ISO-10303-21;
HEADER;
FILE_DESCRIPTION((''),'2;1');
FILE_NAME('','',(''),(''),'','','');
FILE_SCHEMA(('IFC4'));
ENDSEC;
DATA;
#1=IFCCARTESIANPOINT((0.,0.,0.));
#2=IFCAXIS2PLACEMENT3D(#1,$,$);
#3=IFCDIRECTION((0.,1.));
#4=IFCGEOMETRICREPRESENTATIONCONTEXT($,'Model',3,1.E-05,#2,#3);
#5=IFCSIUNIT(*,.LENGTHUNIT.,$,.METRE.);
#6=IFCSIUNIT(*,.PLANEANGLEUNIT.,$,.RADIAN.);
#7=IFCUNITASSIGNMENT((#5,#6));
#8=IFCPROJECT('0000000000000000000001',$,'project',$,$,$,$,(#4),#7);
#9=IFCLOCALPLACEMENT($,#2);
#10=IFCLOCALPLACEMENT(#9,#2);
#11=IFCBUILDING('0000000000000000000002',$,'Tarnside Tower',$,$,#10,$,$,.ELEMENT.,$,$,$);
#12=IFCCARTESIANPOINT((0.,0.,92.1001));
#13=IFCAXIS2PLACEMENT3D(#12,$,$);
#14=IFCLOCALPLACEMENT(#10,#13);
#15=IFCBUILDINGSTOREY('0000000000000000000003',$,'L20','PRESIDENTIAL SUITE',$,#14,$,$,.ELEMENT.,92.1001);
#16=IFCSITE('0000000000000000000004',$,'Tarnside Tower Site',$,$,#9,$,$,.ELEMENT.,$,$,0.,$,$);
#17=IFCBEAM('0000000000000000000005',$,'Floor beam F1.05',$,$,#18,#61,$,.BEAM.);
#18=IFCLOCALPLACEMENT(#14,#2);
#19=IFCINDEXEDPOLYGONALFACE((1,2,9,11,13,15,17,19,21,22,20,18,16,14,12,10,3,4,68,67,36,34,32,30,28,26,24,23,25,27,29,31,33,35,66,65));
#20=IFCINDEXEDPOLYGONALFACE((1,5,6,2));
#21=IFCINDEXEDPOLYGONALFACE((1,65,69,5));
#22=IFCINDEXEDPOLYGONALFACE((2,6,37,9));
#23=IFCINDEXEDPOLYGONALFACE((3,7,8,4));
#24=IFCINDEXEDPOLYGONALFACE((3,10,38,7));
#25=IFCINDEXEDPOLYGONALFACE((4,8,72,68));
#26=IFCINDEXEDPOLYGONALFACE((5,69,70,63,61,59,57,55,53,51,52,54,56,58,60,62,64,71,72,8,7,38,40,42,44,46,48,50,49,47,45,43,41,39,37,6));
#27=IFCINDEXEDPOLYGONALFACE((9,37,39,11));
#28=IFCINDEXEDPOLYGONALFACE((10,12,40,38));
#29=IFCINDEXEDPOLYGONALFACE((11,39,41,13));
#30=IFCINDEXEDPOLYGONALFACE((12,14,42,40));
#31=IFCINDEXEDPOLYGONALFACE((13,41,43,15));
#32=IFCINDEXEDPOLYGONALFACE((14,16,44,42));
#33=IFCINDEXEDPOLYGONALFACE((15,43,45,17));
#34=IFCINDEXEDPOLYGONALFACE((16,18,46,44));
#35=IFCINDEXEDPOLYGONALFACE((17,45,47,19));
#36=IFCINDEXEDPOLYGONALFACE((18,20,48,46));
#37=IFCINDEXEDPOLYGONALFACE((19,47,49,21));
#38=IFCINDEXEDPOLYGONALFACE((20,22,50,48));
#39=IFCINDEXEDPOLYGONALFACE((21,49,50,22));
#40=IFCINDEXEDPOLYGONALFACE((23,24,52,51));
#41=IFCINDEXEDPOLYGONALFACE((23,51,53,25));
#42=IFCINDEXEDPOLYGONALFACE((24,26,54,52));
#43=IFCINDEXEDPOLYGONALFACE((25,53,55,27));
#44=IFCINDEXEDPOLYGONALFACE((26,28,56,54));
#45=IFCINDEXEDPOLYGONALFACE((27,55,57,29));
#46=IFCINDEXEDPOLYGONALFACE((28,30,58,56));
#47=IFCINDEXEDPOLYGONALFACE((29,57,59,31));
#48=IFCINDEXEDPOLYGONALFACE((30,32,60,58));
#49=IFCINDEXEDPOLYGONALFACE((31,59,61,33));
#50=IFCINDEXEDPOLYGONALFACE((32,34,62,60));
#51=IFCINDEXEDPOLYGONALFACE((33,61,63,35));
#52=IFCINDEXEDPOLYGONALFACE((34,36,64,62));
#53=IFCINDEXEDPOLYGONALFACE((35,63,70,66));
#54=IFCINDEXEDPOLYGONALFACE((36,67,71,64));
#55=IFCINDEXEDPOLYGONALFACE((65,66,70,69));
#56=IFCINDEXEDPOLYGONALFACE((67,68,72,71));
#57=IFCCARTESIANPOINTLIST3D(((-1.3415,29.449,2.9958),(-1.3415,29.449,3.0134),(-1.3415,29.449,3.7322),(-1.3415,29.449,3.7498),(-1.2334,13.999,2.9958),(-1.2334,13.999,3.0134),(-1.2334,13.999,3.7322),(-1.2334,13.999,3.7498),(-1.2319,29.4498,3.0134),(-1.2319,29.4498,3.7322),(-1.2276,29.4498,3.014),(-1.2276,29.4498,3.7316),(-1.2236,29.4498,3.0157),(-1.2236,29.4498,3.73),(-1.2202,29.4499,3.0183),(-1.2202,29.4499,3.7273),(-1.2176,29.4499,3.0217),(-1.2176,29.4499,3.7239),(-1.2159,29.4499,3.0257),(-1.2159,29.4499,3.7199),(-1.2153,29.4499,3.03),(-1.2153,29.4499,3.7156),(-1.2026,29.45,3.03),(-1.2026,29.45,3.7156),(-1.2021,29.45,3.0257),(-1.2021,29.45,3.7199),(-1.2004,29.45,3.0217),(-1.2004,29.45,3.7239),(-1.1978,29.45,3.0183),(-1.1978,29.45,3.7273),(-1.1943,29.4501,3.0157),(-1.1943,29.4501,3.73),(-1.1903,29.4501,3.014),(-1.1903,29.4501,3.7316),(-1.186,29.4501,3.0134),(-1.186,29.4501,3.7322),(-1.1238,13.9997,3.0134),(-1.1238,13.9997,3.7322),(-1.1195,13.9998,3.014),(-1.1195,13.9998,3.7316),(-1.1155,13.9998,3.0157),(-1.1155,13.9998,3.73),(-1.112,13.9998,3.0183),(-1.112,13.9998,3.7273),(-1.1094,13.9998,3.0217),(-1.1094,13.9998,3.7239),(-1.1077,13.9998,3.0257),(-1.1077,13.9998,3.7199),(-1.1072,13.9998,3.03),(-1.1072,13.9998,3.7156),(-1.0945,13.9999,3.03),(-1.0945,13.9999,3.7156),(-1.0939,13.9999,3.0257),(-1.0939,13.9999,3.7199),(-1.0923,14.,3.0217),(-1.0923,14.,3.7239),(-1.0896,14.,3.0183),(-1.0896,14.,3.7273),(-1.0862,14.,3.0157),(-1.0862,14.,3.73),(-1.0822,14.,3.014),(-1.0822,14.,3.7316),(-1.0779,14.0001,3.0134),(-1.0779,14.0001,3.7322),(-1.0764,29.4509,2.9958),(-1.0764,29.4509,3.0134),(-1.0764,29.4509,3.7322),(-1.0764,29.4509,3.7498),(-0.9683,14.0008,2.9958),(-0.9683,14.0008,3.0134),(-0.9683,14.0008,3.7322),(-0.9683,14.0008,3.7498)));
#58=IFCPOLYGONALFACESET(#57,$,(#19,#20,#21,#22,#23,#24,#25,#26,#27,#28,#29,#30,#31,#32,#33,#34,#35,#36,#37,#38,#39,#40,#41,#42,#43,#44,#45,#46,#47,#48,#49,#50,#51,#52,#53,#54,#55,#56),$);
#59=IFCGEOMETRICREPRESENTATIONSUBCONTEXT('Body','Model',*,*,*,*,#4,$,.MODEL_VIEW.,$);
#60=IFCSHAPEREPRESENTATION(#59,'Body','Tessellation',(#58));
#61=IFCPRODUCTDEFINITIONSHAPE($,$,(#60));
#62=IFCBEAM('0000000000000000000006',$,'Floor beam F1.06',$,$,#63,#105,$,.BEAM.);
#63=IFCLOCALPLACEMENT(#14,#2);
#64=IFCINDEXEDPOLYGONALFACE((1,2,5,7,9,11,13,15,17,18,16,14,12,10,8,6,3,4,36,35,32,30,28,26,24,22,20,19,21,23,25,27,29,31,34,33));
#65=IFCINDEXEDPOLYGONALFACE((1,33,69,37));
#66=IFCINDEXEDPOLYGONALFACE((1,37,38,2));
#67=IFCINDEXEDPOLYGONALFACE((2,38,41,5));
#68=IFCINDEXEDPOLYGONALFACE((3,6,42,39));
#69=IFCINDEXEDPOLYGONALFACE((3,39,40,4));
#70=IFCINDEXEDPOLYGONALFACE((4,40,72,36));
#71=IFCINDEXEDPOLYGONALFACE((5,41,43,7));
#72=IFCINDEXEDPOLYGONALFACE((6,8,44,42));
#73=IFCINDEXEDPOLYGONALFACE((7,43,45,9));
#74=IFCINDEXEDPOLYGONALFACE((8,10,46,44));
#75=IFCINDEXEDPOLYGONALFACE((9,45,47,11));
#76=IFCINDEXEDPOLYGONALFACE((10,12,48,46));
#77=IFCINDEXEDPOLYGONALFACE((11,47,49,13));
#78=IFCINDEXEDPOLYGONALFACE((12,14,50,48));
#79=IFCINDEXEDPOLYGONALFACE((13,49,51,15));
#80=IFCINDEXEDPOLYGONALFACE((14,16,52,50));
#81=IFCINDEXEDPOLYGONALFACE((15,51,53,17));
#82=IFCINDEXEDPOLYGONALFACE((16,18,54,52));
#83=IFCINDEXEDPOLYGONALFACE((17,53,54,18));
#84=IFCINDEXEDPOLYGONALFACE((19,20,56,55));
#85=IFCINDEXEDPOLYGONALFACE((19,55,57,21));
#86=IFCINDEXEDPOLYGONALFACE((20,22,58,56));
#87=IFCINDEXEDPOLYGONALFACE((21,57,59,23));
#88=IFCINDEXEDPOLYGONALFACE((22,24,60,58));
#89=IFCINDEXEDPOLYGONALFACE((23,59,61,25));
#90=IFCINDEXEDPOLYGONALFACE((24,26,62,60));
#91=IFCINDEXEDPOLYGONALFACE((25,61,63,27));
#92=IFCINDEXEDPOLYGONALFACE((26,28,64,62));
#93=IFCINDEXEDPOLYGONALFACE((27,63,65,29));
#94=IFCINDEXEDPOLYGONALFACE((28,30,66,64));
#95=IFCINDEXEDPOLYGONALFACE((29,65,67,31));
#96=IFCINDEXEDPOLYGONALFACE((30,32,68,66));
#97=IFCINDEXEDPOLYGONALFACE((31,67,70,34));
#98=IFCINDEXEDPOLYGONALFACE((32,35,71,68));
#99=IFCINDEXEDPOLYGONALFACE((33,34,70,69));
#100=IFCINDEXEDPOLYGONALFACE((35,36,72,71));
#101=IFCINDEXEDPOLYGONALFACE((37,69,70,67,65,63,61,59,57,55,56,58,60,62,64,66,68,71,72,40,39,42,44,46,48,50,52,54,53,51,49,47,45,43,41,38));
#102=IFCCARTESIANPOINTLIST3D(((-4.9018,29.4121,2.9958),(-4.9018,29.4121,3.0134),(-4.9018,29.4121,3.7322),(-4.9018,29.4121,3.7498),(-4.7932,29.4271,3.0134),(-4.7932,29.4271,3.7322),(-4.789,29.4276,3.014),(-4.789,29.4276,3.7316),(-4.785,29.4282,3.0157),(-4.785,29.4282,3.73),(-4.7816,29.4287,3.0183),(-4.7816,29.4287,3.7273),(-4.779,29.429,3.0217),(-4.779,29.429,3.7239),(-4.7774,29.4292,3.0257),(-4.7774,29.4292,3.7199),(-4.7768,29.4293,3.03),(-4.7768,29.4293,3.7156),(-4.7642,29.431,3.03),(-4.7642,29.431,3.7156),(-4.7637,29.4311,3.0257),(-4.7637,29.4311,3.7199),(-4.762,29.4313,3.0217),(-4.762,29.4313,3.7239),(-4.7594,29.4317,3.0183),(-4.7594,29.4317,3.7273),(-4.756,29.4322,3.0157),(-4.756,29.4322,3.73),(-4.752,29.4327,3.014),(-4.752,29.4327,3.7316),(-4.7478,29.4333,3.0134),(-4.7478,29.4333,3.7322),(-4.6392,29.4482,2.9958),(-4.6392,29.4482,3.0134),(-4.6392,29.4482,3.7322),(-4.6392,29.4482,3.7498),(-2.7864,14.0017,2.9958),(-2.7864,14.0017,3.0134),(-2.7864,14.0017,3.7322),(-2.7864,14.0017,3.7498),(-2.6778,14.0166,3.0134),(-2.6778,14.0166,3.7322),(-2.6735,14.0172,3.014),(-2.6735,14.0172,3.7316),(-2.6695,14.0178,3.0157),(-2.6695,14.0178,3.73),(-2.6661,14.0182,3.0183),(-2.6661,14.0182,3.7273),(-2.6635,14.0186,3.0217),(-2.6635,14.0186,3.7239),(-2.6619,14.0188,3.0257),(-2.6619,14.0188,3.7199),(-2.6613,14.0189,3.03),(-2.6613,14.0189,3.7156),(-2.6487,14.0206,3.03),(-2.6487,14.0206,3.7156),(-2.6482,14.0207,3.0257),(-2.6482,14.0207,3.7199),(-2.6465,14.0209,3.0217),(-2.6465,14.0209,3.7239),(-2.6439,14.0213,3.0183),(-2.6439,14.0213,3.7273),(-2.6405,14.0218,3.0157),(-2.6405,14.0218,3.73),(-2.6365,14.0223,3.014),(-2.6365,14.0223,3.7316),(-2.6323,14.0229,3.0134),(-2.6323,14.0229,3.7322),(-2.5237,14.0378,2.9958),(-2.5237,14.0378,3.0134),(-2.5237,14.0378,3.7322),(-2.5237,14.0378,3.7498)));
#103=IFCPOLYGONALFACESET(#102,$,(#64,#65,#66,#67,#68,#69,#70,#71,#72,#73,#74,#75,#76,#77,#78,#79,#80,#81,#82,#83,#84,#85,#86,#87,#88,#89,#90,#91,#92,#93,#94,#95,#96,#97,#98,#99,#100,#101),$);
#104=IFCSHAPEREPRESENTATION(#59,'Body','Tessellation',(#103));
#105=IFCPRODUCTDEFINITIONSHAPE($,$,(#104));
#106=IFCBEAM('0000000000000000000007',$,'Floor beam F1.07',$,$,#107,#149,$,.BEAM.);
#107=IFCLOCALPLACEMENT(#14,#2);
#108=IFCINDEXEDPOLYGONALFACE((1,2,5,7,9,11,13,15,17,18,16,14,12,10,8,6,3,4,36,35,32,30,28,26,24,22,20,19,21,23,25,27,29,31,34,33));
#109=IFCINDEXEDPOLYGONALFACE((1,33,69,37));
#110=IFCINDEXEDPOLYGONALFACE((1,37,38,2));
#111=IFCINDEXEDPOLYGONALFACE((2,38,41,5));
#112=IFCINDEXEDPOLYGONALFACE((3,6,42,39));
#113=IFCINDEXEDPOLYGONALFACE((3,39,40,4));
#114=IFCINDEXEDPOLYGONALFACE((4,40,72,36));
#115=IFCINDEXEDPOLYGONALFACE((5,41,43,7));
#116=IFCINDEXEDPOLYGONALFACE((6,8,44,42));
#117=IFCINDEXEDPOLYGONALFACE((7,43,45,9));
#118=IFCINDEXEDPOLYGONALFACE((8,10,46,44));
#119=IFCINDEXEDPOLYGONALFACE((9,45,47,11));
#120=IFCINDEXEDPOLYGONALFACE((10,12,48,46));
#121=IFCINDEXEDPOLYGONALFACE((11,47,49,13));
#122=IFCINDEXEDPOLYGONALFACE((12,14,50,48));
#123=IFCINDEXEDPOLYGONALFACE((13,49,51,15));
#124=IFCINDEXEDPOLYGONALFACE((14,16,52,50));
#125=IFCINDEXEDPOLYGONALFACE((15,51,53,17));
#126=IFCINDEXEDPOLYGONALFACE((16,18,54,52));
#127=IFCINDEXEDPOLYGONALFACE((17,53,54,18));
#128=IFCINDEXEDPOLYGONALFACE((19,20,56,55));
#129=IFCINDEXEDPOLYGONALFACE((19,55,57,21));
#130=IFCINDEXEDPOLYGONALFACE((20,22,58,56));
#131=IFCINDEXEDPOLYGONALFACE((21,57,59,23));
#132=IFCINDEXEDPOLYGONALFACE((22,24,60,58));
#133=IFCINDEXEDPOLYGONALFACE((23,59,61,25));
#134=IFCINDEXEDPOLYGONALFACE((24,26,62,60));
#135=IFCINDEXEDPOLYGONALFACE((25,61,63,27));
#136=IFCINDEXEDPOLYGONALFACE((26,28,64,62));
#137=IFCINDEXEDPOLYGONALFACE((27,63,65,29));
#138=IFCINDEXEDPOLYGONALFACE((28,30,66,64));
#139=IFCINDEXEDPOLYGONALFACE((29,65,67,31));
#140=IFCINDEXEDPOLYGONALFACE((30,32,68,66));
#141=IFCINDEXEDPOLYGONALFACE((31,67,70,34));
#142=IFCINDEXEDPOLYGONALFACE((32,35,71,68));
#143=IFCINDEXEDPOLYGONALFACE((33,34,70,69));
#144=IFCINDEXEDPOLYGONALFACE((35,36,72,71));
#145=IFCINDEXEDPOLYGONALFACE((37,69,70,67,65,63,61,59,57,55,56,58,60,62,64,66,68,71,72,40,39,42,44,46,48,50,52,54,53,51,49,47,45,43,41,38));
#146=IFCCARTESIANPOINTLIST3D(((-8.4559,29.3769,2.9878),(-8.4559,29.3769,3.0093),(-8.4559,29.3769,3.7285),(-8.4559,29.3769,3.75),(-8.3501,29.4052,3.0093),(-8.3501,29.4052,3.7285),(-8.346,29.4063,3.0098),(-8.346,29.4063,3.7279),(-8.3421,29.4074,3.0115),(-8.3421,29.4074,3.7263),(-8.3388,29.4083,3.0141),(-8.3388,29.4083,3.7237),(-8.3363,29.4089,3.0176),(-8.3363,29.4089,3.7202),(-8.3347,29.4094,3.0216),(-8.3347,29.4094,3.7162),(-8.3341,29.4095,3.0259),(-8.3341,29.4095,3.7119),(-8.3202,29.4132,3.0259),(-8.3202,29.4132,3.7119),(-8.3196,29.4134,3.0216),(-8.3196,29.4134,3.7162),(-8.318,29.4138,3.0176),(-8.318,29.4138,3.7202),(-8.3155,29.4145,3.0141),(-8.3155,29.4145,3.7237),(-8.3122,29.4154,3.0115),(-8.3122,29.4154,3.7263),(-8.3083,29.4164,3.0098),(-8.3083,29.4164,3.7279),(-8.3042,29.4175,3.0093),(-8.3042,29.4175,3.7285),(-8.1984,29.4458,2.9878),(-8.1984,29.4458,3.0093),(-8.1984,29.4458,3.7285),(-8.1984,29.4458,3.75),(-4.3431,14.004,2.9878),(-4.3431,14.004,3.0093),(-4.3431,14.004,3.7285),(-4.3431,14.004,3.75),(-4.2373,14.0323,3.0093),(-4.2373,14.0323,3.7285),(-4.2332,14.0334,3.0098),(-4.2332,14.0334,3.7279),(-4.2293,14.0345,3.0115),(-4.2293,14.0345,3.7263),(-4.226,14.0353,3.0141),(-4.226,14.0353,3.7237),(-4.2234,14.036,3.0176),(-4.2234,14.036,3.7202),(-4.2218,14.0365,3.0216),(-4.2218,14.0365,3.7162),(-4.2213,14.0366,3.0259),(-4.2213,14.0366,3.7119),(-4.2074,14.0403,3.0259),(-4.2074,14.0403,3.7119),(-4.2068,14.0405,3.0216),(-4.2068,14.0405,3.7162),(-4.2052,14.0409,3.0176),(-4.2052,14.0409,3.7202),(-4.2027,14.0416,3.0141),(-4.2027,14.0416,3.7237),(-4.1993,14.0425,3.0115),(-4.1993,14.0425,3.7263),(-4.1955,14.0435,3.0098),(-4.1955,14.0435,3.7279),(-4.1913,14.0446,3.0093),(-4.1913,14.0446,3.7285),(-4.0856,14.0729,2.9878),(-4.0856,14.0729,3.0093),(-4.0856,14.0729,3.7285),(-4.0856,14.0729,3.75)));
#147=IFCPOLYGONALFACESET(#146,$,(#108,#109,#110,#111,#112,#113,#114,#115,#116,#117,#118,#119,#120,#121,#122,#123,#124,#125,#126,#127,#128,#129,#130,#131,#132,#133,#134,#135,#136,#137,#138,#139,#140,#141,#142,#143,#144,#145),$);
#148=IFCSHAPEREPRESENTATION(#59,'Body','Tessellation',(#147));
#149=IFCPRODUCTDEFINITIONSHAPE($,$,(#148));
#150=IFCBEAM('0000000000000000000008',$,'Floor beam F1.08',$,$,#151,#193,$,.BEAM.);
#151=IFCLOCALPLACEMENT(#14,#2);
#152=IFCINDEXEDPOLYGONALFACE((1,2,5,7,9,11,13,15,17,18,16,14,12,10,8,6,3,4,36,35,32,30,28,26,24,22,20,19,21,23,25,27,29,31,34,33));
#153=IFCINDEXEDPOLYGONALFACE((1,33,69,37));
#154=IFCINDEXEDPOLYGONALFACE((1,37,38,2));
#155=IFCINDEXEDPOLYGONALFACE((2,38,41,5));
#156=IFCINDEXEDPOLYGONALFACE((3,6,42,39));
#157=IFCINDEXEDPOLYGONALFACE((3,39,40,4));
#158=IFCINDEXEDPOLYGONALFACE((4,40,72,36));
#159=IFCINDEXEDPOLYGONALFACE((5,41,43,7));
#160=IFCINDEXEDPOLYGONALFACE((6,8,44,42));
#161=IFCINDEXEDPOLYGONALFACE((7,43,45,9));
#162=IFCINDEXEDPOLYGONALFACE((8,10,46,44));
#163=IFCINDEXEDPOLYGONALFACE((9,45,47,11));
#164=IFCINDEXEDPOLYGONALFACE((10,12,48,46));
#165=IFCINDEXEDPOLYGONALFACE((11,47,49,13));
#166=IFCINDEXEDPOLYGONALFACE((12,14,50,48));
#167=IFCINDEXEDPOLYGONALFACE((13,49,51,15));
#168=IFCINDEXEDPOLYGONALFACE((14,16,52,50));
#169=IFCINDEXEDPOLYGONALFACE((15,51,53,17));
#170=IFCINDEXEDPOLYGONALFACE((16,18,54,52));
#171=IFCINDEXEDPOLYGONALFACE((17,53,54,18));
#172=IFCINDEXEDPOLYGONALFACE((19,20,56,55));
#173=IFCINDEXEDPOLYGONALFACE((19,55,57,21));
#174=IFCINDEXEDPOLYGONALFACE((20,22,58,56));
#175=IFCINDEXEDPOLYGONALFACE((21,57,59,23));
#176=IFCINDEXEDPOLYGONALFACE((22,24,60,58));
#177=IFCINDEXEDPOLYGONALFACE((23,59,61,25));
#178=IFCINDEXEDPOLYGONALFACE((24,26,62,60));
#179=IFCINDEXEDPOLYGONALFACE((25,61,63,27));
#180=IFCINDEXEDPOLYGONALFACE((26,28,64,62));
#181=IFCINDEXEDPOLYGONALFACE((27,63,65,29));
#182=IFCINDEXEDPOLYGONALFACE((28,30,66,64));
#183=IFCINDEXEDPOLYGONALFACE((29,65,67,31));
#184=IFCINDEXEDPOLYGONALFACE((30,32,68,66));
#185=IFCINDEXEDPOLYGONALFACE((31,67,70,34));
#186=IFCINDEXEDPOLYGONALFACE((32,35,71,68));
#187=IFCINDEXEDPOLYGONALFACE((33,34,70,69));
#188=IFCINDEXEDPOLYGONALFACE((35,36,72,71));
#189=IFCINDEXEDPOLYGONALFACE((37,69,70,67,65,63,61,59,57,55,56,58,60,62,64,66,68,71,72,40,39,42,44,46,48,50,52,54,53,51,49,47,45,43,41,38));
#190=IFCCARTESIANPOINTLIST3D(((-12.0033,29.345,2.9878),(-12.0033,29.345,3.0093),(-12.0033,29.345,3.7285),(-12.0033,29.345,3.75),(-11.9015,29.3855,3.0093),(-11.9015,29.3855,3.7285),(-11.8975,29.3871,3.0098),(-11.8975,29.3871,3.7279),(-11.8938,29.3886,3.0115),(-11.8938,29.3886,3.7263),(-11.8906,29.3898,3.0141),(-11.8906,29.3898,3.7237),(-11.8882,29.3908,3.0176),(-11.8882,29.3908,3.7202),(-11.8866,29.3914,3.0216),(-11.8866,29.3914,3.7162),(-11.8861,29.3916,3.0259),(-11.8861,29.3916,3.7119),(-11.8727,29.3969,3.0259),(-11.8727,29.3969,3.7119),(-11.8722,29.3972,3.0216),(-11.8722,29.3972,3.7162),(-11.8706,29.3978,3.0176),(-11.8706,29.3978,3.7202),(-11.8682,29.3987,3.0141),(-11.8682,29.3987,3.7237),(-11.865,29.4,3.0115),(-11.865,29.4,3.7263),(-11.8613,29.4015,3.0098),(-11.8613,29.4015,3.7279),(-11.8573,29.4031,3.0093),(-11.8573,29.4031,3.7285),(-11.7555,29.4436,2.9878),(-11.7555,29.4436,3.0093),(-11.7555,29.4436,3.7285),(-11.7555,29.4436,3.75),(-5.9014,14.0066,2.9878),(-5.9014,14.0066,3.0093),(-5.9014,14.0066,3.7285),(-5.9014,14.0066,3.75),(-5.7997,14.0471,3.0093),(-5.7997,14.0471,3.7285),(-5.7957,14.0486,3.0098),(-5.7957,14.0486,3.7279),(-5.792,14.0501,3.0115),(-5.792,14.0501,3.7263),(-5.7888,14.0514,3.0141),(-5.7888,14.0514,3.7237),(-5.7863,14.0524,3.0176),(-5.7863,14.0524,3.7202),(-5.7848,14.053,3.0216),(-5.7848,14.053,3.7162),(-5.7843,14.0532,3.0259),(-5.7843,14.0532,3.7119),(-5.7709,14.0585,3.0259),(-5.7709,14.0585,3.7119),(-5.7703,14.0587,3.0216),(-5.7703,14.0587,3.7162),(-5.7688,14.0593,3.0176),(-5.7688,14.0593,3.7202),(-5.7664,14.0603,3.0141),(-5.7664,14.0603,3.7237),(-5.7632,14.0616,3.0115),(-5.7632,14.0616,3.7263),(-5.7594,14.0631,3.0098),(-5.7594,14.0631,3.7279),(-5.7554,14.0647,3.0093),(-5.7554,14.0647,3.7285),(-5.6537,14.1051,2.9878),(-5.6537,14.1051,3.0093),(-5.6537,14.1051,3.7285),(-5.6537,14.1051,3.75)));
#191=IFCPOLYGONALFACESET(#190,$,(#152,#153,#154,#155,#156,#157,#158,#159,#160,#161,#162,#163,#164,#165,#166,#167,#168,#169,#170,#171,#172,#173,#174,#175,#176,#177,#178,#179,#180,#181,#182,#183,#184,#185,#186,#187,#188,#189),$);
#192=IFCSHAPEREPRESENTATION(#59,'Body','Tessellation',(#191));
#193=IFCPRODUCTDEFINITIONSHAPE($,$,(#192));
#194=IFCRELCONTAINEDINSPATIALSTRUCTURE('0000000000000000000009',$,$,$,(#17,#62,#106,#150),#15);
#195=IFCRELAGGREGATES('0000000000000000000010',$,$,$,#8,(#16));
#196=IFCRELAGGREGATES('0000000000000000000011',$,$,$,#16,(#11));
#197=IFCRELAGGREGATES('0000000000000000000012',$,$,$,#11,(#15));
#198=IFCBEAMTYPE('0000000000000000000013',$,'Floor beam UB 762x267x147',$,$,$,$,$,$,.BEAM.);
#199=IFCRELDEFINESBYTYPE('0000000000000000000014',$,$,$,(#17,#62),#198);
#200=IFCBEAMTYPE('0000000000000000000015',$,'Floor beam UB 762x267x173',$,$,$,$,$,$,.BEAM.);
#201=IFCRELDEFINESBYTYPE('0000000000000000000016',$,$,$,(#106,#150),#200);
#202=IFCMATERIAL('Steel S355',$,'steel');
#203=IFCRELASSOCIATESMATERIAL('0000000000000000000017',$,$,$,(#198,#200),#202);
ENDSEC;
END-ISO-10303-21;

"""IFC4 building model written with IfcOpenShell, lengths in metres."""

from ifc_helpers import new_model, si_unit, direction, frame, origin, origin_2d, place, context, subcontext, project, spatial, i_section, extrude, material, material_profile, profile_set, type_object, element, save


model = new_model("IFC4")

# Units and contexts
model_context = context("Model", 3, precision=1e-05, world=origin(), true_north=direction((0.0, 1.0)))
body_context = subcontext(model_context, "Body", "Model", "MODEL_VIEW")
ifc_project = project(units=[si_unit("LENGTHUNIT", "METRE"), si_unit("PLANEANGLEUNIT", "RADIAN")], contexts=[model_context])

# Site, building, storey
site_placement = place(None, origin())
site = spatial("IfcSite", under=ifc_project, at=site_placement, Name="Tarnside Tower Site", CompositionType="ELEMENT", RefElevation=0.0)
building_placement = place(site_placement, origin())
building = spatial("IfcBuilding", under=site, at=building_placement, Name="Tarnside Tower", CompositionType="ELEMENT")
storey_placement = place(building_placement, frame((0.0, 0.0, 92.1001)))
storey = spatial("IfcBuildingStorey", under=building, at=storey_placement, Name="L20", Description="PRESIDENTIAL SUITE", CompositionType="ELEMENT", Elevation=92.1001)

# Beams
ifc_material_1 = material(Name="Steel S355", Category="steel")
ifc_material_profile_1 = material_profile(ifc_material_1, i_section(OverallWidth=0.2651, OverallDepth=0.7539, WebThickness=0.0127, FlangeThickness=0.0176, FilletRadius=0.0166, at=origin_2d()), Name="UB 762x267x147")
ifc_profile_set_1 = profile_set([ifc_material_profile_1], Name="Steel S355")
beam_type_1 = type_object("IfcBeamType", Name="Floor beam UB 762x267x147", PredefinedType="BEAM", material=ifc_profile_set_1)
beam_1_placement = place(storey_placement, frame((-1.209, 29.45, 3.3728), z_axis=(0.007, -0.999975, 0.0), x_axis=(0.999975, 0.007, 0.0)))
element("IfcBeam", 1, at=beam_1_placement, inside=storey, type_object=beam_type_1, Name="Floor beam F1.05", PredefinedType="BEAM", context=body_context, shape_type="SweptSolid", body=[
    extrude(i_section(OverallWidth=0.2651, OverallDepth=0.7539, WebThickness=0.0127, FlangeThickness=0.0176, FilletRadius=0.0166, at=origin_2d()), origin(), (0.0, 0.0, 1.0), 15.4504),
])
beam_2_placement = place(storey_placement, frame((-4.7705, 29.4302, 3.3728), z_axis=(0.136001, -0.990709, 0.0), x_axis=(0.990709, 0.136001, 0.0)))
element("IfcBeam", 2, at=beam_2_placement, inside=storey, type_object=beam_type_1, Name="Floor beam F1.06", PredefinedType="BEAM", context=body_context, shape_type="SweptSolid", body=[
    extrude(i_section(OverallWidth=0.2651, OverallDepth=0.7539, WebThickness=0.0127, FlangeThickness=0.0176, FilletRadius=0.0166, at=origin_2d()), origin(), (0.0, 0.0, 1.0), 15.5549),
])
ifc_material_profile_2 = material_profile(ifc_material_1, i_section(OverallWidth=0.2666, OverallDepth=0.7622, WebThickness=0.0144, FlangeThickness=0.0215, FilletRadius=0.0166, at=origin_2d()), Name="UB 762x267x173")
ifc_profile_set_2 = profile_set([ifc_material_profile_2], Name="Steel S355")
beam_type_2 = type_object("IfcBeamType", Name="Floor beam UB 762x267x173", PredefinedType="BEAM", material=ifc_profile_set_2)
beam_3_placement = place(storey_placement, frame((-8.3271, 29.4114, 3.3689), z_axis=(0.258447, -0.966025, 0.0), x_axis=(0.966025, 0.258447, 0.0)))
element("IfcBeam", 3, at=beam_3_placement, inside=storey, type_object=beam_type_2, Name="Floor beam F1.07", PredefinedType="BEAM", context=body_context, shape_type="SweptSolid", body=[
    extrude(i_section(OverallWidth=0.2666, OverallDepth=0.7622, WebThickness=0.0144, FlangeThickness=0.0215, FilletRadius=0.0166, at=origin_2d()), origin(), (0.0, 0.0, 1.0), 15.9136),
])
beam_4_placement = place(storey_placement, frame((-11.8794, 29.3943, 3.3689), z_axis=(0.369638, -0.929176, 0.0), x_axis=(0.929176, 0.369638, 0.0)))
element("IfcBeam", 4, at=beam_4_placement, inside=storey, type_object=beam_type_2, Name="Floor beam F1.08", PredefinedType="BEAM", context=body_context, shape_type="SweptSolid", body=[
    extrude(i_section(OverallWidth=0.2666, OverallDepth=0.7622, WebThickness=0.0144, FlangeThickness=0.0215, FilletRadius=0.0166, at=origin_2d()), origin(), (0.0, 0.0, 1.0), 16.5076),
])

save(model, "model.ifc")
